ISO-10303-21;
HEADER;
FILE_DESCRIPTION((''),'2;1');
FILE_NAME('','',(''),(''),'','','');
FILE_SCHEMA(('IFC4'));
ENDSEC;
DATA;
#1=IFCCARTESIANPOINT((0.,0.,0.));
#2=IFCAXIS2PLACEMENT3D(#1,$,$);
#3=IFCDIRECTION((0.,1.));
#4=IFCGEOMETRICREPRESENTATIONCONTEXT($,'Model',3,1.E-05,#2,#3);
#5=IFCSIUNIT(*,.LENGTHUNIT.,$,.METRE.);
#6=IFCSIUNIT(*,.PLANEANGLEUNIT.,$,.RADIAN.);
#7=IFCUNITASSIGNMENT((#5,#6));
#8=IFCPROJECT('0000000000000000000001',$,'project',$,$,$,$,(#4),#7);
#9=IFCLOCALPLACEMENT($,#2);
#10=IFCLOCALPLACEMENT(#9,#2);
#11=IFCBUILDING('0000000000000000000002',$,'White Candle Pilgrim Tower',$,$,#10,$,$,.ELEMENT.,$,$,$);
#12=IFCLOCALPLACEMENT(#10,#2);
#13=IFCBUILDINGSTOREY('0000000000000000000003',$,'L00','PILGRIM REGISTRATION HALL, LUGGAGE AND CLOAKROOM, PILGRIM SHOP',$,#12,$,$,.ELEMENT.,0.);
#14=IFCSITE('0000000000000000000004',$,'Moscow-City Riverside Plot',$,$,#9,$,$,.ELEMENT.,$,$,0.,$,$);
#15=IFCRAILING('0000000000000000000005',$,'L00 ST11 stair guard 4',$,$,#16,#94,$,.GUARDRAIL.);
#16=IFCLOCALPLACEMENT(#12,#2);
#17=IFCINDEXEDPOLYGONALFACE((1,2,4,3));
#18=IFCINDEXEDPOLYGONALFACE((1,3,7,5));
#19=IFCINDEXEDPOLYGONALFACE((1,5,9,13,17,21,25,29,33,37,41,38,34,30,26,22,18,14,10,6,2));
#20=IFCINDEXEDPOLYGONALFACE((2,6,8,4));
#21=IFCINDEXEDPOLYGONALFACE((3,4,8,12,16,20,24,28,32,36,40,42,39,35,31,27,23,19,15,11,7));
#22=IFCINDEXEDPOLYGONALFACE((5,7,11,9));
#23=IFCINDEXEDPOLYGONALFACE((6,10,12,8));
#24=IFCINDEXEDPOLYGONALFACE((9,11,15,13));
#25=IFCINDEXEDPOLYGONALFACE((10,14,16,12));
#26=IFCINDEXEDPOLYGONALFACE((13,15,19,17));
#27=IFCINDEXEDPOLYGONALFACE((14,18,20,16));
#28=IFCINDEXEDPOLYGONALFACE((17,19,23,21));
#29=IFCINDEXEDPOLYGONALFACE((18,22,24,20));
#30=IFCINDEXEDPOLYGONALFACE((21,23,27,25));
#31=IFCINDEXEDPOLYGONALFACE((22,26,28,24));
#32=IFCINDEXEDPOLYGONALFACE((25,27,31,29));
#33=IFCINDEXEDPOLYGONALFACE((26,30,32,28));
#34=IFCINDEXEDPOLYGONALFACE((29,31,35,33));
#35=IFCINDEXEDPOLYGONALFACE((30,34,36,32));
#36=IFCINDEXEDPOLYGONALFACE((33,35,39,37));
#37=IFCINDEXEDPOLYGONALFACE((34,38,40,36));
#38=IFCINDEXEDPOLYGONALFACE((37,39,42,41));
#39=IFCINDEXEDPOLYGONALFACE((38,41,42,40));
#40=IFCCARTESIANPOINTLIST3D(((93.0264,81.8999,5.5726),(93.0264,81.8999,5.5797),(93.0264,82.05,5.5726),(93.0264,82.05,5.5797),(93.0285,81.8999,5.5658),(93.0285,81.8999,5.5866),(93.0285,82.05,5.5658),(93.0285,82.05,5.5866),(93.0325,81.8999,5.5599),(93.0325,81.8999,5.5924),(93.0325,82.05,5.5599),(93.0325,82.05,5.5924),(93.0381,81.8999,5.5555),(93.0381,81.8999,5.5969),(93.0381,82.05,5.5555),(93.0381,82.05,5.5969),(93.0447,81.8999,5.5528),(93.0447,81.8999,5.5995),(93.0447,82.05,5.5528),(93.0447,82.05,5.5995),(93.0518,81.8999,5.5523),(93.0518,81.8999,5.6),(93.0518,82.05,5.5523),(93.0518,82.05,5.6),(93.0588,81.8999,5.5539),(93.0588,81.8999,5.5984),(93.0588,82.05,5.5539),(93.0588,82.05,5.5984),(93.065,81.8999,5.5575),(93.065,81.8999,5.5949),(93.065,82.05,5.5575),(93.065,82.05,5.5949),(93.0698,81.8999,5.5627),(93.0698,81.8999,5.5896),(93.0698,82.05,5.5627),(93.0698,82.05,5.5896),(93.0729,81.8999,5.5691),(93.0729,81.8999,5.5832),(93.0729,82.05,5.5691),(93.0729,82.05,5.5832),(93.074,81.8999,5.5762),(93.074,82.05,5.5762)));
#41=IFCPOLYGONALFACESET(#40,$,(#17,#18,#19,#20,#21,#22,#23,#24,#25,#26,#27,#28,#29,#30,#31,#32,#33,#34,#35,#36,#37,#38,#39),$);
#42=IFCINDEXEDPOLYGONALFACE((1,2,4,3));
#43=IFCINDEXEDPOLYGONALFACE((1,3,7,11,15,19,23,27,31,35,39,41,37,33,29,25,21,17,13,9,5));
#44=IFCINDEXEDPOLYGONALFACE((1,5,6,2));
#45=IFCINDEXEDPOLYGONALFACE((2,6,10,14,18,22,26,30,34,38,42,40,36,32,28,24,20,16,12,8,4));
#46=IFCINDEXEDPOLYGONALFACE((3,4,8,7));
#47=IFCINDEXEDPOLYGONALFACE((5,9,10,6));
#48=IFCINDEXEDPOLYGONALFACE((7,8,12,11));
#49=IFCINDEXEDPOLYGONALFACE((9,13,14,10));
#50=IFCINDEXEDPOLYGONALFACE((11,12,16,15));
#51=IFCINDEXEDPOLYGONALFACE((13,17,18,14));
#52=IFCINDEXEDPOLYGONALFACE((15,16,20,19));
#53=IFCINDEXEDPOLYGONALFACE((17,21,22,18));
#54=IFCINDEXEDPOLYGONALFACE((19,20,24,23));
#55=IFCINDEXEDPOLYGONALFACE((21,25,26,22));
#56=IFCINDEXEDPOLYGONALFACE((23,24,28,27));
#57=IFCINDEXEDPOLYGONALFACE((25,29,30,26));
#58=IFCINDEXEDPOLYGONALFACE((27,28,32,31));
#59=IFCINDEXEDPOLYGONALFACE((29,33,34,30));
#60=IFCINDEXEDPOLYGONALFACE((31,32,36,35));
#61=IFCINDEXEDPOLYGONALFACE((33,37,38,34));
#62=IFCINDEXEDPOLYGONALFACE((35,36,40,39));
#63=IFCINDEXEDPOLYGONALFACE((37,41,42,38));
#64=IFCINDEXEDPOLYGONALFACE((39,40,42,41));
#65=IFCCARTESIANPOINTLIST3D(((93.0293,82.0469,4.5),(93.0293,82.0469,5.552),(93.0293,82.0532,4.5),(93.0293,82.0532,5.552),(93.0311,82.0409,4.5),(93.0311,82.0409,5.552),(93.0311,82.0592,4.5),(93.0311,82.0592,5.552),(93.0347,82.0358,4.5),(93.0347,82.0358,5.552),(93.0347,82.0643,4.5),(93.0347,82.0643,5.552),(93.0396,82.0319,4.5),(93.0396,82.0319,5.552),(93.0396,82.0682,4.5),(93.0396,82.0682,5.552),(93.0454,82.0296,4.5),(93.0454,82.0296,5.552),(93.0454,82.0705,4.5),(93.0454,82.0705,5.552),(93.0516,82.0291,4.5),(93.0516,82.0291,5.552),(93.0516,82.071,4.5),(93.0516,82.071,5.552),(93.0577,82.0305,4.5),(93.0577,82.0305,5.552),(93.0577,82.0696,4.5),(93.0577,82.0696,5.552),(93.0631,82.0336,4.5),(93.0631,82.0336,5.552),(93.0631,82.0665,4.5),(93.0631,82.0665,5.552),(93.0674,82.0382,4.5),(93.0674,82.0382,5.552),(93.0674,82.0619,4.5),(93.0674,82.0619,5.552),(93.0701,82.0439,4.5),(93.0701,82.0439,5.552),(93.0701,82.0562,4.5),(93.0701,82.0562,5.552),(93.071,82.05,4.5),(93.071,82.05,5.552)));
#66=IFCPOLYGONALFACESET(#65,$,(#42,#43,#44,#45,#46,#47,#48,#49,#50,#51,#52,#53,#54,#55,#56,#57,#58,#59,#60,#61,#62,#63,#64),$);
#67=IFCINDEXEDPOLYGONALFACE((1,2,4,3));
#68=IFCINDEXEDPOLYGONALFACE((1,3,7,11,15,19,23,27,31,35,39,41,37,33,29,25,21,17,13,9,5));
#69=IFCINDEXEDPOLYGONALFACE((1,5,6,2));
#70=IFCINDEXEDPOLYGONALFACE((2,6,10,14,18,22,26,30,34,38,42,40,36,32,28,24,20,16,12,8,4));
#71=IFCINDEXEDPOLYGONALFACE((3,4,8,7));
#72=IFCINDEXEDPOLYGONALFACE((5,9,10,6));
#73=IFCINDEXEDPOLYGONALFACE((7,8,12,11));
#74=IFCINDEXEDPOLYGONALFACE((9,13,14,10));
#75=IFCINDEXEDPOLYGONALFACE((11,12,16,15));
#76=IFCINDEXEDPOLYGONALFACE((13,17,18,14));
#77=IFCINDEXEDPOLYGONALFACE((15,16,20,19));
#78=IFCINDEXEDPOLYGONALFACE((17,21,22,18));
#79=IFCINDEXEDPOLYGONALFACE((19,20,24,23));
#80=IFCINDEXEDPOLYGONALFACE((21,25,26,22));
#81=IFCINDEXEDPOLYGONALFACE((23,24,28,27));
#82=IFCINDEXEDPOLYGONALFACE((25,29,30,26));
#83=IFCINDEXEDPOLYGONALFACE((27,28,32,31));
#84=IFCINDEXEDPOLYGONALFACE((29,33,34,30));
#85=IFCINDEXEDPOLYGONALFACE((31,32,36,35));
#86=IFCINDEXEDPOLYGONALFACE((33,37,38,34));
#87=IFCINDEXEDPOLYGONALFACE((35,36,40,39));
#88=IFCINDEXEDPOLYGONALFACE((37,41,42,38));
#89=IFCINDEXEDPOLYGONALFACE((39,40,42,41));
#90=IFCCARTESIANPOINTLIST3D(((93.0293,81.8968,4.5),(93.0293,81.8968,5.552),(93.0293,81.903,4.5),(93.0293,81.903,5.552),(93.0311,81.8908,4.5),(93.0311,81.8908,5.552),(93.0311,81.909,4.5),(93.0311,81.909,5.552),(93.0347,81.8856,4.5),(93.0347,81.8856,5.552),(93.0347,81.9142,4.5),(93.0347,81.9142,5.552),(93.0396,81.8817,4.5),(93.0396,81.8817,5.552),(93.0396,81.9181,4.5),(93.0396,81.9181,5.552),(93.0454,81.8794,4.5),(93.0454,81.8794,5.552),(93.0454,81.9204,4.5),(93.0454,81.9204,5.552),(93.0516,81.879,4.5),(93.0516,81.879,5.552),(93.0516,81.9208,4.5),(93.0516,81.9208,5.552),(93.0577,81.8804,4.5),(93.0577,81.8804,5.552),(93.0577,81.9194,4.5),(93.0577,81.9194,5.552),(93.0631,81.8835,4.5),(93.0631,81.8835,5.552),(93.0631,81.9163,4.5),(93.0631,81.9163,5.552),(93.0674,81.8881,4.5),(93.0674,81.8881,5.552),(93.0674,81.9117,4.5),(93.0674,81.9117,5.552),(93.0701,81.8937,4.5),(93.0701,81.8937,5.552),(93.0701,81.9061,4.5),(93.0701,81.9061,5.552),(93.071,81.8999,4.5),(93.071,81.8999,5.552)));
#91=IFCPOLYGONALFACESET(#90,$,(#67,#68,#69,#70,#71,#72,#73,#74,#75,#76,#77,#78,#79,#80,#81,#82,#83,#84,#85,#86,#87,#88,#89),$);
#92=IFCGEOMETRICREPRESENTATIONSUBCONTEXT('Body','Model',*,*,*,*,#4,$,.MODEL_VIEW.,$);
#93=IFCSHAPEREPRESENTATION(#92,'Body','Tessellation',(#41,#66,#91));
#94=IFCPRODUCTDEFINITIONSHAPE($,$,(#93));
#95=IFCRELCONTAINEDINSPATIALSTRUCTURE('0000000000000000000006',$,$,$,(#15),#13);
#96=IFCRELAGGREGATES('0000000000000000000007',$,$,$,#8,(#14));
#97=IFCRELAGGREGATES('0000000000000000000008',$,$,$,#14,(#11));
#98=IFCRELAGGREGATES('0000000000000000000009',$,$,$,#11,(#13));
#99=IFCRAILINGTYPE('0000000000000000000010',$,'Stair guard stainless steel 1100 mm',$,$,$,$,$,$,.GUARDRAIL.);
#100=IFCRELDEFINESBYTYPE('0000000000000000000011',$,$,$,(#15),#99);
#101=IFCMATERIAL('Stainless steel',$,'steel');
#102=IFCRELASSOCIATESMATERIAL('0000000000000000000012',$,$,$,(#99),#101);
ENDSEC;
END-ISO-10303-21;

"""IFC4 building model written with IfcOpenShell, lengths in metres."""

from ifc_helpers import new_model, si_unit, direction, frame, origin, origin_2d, place, context, subcontext, project, spatial, circle, extrude, material, type_object, element, save


model = new_model("IFC4")

# Units and contexts
model_context = context("Model", 3, precision=1e-05, world=origin(), true_north=direction((0.0, 1.0)))
body_context = subcontext(model_context, "Body", "Model", "MODEL_VIEW")
ifc_project = project(units=[si_unit("LENGTHUNIT", "METRE"), si_unit("PLANEANGLEUNIT", "RADIAN")], contexts=[model_context])

# Site, building, storey
site_placement = place(None, origin())
site = spatial("IfcSite", under=ifc_project, at=site_placement, Name="Moscow-City Riverside Plot", CompositionType="ELEMENT", RefElevation=0.0)
building_placement = place(site_placement, origin())
building = spatial("IfcBuilding", under=site, at=building_placement, Name="White Candle Pilgrim Tower", CompositionType="ELEMENT")
storey_placement = place(building_placement, origin())
storey = spatial("IfcBuildingStorey", under=building, at=storey_placement, Name="L00", Description="PILGRIM REGISTRATION HALL, LUGGAGE AND CLOAKROOM, PILGRIM SHOP", CompositionType="ELEMENT", Elevation=0.0)

# Railing
ifc_material_1 = material(Name="Stainless steel", Category="steel")
railing_type_1 = type_object("IfcRailingType", Name="Stair guard stainless steel 1100 mm", PredefinedType="GUARDRAIL", material=ifc_material_1)
railing_1_placement = place(storey_placement, frame((93.05, 82.05, 4.5)))
element("IfcRailing", 1, at=railing_1_placement, inside=storey, type_object=railing_type_1, Name="L00 ST11 stair guard 4", PredefinedType="GUARDRAIL", context=body_context, shape_type="SweptSolid", body=[
    extrude(circle(Radius=0.0239, at=origin_2d()), frame((0.0, 0.0, 1.0762), z_axis=(0.0, -1.0, 0.0), x_axis=(1.0, 0.0, 0.0)), (0.0, 0.0, 1.0), 0.1501),
    extrude(circle(Radius=0.021, at=origin_2d()), origin(), (0.0, 0.0, 1.0), 1.052),
    extrude(circle(Radius=0.021, at=origin_2d()), frame((0.0, -0.1501, 0.0)), (0.0, 0.0, 1.0), 1.052),
])

save(model, "model.ifc")
